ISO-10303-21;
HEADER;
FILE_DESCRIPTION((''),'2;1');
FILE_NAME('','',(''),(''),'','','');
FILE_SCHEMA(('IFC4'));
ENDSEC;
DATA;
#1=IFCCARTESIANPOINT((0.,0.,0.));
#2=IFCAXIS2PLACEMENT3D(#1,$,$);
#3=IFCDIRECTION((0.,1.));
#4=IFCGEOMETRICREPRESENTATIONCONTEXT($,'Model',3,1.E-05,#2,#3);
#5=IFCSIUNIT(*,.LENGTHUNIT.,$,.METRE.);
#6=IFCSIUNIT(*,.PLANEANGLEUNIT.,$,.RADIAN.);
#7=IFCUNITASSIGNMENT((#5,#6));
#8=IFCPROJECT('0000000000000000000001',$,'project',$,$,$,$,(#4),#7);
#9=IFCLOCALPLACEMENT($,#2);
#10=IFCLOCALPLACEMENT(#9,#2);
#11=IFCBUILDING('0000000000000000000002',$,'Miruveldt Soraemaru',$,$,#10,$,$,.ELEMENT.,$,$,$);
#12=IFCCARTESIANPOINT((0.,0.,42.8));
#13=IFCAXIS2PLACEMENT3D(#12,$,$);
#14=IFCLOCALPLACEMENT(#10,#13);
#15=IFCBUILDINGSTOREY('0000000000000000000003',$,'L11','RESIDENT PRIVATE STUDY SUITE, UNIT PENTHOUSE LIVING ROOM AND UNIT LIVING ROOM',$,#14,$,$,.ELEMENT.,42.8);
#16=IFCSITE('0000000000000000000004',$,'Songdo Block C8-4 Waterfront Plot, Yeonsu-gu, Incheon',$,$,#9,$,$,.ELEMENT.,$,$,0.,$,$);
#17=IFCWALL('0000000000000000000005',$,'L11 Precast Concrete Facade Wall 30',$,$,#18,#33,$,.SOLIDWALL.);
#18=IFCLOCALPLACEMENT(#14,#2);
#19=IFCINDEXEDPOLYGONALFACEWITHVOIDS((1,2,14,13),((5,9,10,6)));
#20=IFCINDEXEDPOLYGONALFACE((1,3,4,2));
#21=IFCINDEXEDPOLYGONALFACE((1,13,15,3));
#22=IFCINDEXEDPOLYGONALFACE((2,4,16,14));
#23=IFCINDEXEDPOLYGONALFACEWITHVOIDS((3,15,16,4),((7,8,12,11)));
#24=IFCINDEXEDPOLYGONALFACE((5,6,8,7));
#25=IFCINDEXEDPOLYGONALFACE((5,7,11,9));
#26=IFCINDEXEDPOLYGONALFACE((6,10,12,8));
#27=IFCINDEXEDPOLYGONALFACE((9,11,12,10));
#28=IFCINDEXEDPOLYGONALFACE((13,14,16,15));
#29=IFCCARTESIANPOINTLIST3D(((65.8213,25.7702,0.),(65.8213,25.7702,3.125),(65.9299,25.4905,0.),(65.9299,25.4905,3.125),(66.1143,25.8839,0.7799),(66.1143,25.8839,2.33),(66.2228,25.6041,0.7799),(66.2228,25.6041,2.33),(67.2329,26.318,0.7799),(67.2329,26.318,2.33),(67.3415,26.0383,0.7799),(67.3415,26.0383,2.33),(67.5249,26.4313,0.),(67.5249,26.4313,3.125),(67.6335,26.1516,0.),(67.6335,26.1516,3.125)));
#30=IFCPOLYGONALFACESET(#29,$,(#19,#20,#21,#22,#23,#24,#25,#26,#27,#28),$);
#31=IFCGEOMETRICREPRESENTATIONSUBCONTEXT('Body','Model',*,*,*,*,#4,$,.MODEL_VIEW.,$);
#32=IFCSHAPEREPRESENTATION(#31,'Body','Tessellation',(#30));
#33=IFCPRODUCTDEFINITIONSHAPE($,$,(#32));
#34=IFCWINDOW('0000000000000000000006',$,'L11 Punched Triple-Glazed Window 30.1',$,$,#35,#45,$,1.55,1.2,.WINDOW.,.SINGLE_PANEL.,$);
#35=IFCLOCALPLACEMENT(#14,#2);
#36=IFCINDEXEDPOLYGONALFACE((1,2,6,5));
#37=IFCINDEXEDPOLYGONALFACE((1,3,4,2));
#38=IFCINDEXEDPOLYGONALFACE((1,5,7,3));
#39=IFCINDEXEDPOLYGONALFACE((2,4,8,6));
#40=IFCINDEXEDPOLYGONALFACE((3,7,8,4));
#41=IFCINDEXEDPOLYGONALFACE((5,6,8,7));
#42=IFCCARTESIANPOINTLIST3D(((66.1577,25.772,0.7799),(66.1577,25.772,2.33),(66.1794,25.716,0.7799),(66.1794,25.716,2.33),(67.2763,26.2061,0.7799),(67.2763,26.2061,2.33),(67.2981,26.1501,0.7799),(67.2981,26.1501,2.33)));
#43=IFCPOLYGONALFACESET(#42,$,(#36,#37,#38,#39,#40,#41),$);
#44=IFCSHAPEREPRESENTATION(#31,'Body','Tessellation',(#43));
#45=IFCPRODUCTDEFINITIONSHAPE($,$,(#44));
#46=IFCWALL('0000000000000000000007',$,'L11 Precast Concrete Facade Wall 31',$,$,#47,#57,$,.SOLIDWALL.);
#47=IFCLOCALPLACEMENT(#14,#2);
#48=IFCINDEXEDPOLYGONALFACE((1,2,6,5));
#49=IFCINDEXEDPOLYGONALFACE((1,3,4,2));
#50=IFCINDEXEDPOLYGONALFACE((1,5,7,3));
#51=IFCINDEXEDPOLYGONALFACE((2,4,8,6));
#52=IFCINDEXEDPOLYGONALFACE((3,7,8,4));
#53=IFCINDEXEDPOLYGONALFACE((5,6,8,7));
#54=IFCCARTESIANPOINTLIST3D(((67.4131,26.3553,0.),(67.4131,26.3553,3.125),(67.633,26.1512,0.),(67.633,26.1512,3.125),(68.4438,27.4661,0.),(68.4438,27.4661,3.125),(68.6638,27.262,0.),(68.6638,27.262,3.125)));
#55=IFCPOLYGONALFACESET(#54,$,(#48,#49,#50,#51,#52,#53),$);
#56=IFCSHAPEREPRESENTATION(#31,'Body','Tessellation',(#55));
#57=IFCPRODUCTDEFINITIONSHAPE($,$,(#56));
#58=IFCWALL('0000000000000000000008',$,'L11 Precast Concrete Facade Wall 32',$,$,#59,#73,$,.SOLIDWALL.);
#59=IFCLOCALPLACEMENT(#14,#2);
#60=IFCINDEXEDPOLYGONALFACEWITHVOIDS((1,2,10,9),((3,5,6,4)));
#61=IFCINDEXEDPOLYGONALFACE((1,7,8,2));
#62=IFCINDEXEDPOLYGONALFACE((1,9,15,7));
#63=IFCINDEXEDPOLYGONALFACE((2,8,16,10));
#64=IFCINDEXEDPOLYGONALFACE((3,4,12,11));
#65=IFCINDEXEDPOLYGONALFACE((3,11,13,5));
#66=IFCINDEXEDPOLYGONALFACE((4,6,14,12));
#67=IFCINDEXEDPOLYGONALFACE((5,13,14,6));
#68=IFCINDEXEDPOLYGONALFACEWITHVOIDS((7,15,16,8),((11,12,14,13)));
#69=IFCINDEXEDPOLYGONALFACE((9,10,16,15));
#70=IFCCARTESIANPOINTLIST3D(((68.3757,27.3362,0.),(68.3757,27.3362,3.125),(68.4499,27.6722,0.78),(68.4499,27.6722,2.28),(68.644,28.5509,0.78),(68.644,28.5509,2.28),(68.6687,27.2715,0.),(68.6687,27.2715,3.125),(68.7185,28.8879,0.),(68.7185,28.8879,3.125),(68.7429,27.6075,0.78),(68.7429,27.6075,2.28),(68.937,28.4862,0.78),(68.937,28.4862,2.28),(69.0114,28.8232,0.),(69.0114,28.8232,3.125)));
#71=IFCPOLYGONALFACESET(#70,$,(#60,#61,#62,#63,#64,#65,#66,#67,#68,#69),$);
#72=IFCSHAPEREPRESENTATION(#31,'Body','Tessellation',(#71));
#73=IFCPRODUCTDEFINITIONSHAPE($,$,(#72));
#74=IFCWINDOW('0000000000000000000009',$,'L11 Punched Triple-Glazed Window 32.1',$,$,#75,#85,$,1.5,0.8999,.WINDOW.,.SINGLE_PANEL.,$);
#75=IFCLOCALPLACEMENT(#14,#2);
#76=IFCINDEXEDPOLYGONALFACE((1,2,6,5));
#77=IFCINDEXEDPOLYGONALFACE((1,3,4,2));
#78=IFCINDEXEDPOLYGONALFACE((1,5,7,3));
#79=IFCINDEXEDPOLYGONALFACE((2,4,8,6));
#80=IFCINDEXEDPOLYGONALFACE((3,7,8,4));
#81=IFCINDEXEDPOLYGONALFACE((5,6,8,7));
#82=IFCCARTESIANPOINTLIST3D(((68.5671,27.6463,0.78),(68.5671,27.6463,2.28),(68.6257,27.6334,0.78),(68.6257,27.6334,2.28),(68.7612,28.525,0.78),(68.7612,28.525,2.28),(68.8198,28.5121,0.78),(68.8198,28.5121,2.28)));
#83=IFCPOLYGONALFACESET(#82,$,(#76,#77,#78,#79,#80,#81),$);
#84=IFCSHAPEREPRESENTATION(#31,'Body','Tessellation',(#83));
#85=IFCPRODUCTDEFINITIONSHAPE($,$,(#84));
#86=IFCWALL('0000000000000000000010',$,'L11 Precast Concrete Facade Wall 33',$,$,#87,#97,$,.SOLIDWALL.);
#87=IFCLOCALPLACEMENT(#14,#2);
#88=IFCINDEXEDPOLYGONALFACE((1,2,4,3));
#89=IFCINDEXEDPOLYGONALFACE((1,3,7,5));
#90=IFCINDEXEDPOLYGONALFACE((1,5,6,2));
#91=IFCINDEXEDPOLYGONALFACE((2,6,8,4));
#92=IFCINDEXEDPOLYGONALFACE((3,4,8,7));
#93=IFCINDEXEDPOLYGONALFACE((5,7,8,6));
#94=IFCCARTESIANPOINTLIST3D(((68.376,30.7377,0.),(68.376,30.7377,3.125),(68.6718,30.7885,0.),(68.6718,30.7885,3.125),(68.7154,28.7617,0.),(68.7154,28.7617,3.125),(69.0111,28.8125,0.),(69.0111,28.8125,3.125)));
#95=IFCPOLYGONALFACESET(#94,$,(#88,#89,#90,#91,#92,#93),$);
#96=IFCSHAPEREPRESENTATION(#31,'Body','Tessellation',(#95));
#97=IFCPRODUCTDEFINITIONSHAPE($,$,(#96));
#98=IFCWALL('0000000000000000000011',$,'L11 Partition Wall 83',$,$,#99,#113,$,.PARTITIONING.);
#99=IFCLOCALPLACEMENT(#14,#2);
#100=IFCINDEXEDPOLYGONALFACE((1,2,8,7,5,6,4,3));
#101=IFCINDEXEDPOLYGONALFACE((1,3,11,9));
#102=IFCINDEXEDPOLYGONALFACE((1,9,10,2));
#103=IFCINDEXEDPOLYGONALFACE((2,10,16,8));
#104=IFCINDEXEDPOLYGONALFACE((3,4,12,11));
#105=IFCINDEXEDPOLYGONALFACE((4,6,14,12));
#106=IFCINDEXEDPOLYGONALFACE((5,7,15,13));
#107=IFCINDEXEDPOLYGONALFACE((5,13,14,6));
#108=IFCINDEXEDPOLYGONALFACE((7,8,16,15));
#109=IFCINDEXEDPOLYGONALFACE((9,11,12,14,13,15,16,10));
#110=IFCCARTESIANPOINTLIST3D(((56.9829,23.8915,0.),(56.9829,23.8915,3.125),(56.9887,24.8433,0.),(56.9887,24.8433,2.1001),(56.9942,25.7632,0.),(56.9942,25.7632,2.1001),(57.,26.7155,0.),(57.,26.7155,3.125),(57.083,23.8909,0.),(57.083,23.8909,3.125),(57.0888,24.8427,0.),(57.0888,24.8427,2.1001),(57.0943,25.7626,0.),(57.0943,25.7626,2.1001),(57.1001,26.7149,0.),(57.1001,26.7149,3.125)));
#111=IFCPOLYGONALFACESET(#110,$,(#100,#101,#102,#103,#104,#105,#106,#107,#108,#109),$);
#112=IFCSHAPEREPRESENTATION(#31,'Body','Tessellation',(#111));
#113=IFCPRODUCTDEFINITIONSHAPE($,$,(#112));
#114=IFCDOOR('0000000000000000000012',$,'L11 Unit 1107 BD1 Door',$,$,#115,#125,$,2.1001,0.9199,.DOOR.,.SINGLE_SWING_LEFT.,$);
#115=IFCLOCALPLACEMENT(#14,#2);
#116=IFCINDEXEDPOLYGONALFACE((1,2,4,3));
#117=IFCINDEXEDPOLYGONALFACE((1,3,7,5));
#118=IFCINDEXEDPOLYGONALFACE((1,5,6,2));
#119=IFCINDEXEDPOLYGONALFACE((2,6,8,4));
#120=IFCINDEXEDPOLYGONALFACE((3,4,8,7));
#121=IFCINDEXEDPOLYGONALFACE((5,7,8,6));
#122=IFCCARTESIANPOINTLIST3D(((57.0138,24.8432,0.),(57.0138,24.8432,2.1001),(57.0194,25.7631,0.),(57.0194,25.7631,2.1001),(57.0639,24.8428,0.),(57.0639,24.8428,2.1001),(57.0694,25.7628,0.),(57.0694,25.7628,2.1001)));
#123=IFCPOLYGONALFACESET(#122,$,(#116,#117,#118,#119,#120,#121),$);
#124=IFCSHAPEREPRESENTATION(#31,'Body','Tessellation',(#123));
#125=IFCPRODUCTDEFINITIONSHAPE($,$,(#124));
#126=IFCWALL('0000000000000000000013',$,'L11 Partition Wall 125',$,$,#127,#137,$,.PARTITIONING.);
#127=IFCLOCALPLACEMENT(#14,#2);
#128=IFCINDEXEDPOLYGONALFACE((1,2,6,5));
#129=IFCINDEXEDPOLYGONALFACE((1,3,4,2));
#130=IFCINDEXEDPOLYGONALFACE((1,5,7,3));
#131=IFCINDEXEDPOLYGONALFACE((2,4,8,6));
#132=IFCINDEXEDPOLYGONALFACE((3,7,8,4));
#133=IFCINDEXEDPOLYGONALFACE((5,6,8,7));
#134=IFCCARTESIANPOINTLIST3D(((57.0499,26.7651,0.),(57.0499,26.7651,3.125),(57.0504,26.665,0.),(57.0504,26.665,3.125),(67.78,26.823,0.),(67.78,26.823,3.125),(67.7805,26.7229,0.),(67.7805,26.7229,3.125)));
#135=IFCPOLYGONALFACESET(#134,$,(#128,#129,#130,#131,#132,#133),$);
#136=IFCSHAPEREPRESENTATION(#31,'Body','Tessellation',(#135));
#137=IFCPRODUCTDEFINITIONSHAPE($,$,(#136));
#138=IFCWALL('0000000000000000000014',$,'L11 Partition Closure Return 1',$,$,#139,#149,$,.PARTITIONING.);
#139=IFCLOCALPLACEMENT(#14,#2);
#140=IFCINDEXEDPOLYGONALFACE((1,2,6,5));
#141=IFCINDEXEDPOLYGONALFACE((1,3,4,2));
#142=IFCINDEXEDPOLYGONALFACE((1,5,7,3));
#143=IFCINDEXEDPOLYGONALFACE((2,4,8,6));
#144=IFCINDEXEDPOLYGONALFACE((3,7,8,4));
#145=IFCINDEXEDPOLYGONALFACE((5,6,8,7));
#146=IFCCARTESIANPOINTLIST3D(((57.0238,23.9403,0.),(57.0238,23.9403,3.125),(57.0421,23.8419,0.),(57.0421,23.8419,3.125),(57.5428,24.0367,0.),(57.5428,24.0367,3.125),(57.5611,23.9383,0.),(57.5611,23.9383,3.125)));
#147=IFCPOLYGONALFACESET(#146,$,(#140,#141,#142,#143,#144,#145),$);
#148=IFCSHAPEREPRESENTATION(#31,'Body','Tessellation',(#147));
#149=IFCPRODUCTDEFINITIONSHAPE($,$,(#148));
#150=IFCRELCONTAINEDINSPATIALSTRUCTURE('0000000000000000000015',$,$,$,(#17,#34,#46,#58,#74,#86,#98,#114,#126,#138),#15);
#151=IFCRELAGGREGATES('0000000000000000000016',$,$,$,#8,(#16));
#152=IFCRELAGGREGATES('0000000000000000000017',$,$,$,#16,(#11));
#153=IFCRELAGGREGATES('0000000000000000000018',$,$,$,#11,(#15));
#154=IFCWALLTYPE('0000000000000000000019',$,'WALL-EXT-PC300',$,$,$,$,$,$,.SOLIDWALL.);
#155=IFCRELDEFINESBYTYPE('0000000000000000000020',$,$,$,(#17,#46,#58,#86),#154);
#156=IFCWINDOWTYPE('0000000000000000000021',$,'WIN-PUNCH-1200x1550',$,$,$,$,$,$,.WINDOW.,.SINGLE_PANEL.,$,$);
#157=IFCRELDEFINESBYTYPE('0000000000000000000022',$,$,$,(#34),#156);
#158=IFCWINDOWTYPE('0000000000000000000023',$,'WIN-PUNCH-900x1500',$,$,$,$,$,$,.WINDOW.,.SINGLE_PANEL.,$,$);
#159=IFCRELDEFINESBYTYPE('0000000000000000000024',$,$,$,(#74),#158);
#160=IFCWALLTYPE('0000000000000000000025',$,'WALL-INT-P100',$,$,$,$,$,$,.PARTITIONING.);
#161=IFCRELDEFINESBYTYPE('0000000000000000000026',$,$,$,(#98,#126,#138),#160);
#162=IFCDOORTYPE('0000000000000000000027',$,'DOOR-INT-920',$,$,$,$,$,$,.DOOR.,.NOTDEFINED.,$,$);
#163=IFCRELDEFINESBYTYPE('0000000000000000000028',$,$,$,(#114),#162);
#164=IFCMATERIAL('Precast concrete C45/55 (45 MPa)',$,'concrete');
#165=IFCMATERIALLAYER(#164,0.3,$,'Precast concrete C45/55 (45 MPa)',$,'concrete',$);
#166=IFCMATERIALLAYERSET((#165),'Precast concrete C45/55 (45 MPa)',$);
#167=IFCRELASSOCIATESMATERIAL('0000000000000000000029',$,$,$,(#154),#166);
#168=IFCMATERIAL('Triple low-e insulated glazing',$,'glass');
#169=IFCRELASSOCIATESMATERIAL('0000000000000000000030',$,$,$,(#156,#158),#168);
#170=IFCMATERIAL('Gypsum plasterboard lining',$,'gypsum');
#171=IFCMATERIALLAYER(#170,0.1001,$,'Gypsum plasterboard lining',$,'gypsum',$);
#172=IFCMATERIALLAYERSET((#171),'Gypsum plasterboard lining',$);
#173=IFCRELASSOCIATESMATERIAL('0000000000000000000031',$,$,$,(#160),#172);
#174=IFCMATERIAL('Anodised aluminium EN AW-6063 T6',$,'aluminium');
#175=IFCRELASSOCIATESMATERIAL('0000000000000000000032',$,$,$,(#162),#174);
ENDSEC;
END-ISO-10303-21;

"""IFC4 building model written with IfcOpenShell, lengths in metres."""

from ifc_helpers import new_model, si_unit, direction, frame, frame_2d, origin, place, context, subcontext, project, spatial, rectangle, extrude, material, layer, layer_set, type_object, element, fill, save


model = new_model("IFC4")

# Units and contexts
model_context = context("Model", 3, precision=1e-05, world=origin(), true_north=direction((0.0, 1.0)))
body_context = subcontext(model_context, "Body", "Model", "MODEL_VIEW")
ifc_project = project(units=[si_unit("LENGTHUNIT", "METRE"), si_unit("PLANEANGLEUNIT", "RADIAN")], contexts=[model_context])

# Site, building, storey
site_placement = place(None, origin())
site = spatial("IfcSite", under=ifc_project, at=site_placement, Name="Songdo Block C8-4 Waterfront Plot, Yeonsu-gu, Incheon", CompositionType="ELEMENT", RefElevation=0.0)
building_placement = place(site_placement, origin())
building = spatial("IfcBuilding", under=site, at=building_placement, Name="Miruveldt Soraemaru", CompositionType="ELEMENT")
storey_placement = place(building_placement, frame((0.0, 0.0, 42.8)))
storey = spatial("IfcBuildingStorey", under=building, at=storey_placement, Name="L11", Description="RESIDENT PRIVATE STUDY SUITE, UNIT PENTHOUSE LIVING ROOM AND UNIT LIVING ROOM", CompositionType="ELEMENT", Elevation=42.8)

# Shared definitions
ifc_material_1 = material(Name="Anodised aluminium EN AW-6063 T6", Category="aluminium")

# Shared definitions
ifc_material_2 = material(Name="Triple low-e insulated glazing", Category="glass")

# Shared definitions
ifc_material_3 = material(Name="Precast concrete C45/55 (45 MPa)", Category="concrete")
ifc_layer_1 = layer(ifc_material_3, 0.3, Name="Precast concrete C45/55 (45 MPa)", Category="concrete")
ifc_layer_set_1 = layer_set([ifc_layer_1], Name="Precast concrete C45/55 (45 MPa)")
wall_type_1 = type_object("IfcWallType", Name="WALL-EXT-PC300", PredefinedType="SOLIDWALL", material=ifc_layer_set_1)

# Wall, opening, window
wall_1_placement = place(storey_placement, frame((65.8757, 25.6304, 0.0), z_axis=(0.0, 0.0, 1.0), x_axis=(0.93226, 0.361789, 0.0)))
wall_1 = element("IfcWall", 1, at=wall_1_placement, inside=storey, type_object=wall_type_1, Name="L11 Precast Concrete Facade Wall 30", PredefinedType="SOLIDWALL", context=body_context, shape_type="SweptSolid", body=[
    extrude(rectangle(XDim=1.8274, YDim=0.3, at=frame_2d((0.9136, 0.0))), origin(), (0.0, 0.0, 1.0), 3.125),
])
opening_1_placement = place(wall_1_placement, frame((0.314, 0.0, 0.78)))
opening_1 = element("IfcOpeningElement", 2, at=opening_1_placement, cuts=wall_1, PredefinedType="OPENING", context=body_context, shape_type="SweptSolid", body=[
    extrude(rectangle(XDim=1.2, YDim=1.55, at=frame_2d((0.6001, 0.7749))), frame((0.0, 0.1602, 0.0), z_axis=(0.0, -1.0, 0.0), x_axis=(1.0, 0.0, 0.0)), (0.0, 0.0, 1.0), 0.3201),
])
window_type_1 = type_object("IfcWindowType", Name="WIN-PUNCH-1200x1550", PartitioningType="SINGLE_PANEL", PredefinedType="WINDOW", material=ifc_material_2)
window_1_placement = place(opening_1_placement, origin())
window_1 = element("IfcWindow", 3, at=window_1_placement, inside=storey, type_object=window_type_1, Name="L11 Punched Triple-Glazed Window 30.1", OverallHeight=1.55, OverallWidth=1.2, PartitioningType="SINGLE_PANEL", PredefinedType="WINDOW", context=body_context, shape_type="SweptSolid", body=[
    extrude(rectangle(XDim=1.2, YDim=1.55, at=frame_2d((0.6001, 0.7749))), frame((0.0, 0.03, 0.0), z_axis=(0.0, -1.0, 0.0), x_axis=(1.0, 0.0, 0.0)), (0.0, 0.0, 1.0), 0.0601),
])
fill(opening_1, window_1)

# Wall
wall_2_placement = place(storey_placement, frame((67.5229, 26.2532, 0.0), z_axis=(0.0, 0.0, 1.0), x_axis=(0.680192, 0.733034, 0.0)))
element("IfcWall", 4, at=wall_2_placement, inside=storey, type_object=wall_type_1, Name="L11 Precast Concrete Facade Wall 31", PredefinedType="SOLIDWALL", context=body_context, shape_type="SweptSolid", body=[
    extrude(rectangle(XDim=1.5154, YDim=0.3, at=frame_2d((0.7578, 0.0))), origin(), (0.0, 0.0, 1.0), 3.125),
])

# Wall, opening, window
wall_3_placement = place(storey_placement, frame((68.5222, 27.304, 0.0), z_axis=(0.0, 0.0, 1.0), x_axis=(0.215694, 0.976461, 0.0)))
wall_3 = element("IfcWall", 5, at=wall_3_placement, inside=storey, type_object=wall_type_1, Name="L11 Precast Concrete Facade Wall 32", PredefinedType="SOLIDWALL", context=body_context, shape_type="SweptSolid", body=[
    extrude(rectangle(XDim=1.5891, YDim=0.3, at=frame_2d((0.7944, 0.0))), origin(), (0.0, 0.0, 1.0), 3.125),
])
opening_2_placement = place(wall_3_placement, frame((0.344, 0.0, 0.78)))
opening_2 = element("IfcOpeningElement", 6, at=opening_2_placement, cuts=wall_3, PredefinedType="OPENING", context=body_context, shape_type="SweptSolid", body=[
    extrude(rectangle(XDim=0.8999, YDim=1.5, at=frame_2d((0.45, 0.75))), frame((0.0, 0.1602, 0.0), z_axis=(0.0, -1.0, 0.0), x_axis=(1.0, 0.0, 0.0)), (0.0, 0.0, 1.0), 0.3201),
])
window_type_2 = type_object("IfcWindowType", Name="WIN-PUNCH-900x1500", PartitioningType="SINGLE_PANEL", PredefinedType="WINDOW", material=ifc_material_2)
window_2_placement = place(opening_2_placement, origin())
window_2 = element("IfcWindow", 7, at=window_2_placement, inside=storey, type_object=window_type_2, Name="L11 Punched Triple-Glazed Window 32.1", OverallHeight=1.5, OverallWidth=0.8999, PartitioningType="SINGLE_PANEL", PredefinedType="WINDOW", context=body_context, shape_type="SweptSolid", body=[
    extrude(rectangle(XDim=0.8999, YDim=1.5, at=frame_2d((0.45, 0.75))), frame((0.0, 0.03, 0.0), z_axis=(0.0, -1.0, 0.0), x_axis=(1.0, 0.0, 0.0)), (0.0, 0.0, 1.0), 0.0601),
])
fill(opening_2, window_2)

# Wall
wall_4_placement = place(storey_placement, frame((68.8633, 28.7871, 0.0), z_axis=(0.0, 0.0, 1.0), x_axis=(-0.169275, 0.985569, 0.0)))
element("IfcWall", 8, at=wall_4_placement, inside=storey, type_object=wall_type_1, Name="L11 Precast Concrete Facade Wall 33", PredefinedType="SOLIDWALL", context=body_context, shape_type="SweptSolid", body=[
    extrude(rectangle(XDim=2.0049, YDim=0.3, at=frame_2d((1.0024, 0.0))), origin(), (0.0, 0.0, 1.0), 3.125),
])

# Wall, opening, door
ifc_material_4 = material(Name="Gypsum plasterboard lining", Category="gypsum")
ifc_layer_2 = layer(ifc_material_4, 0.1001, Name="Gypsum plasterboard lining", Category="gypsum")
ifc_layer_set_2 = layer_set([ifc_layer_2], Name="Gypsum plasterboard lining")
wall_type_2 = type_object("IfcWallType", Name="WALL-INT-P100", PredefinedType="PARTITIONING", material=ifc_layer_set_2)
wall_5_placement = place(storey_placement, frame((57.033, 23.8911, 0.0), z_axis=(0.0, 0.0, 1.0), x_axis=(0.006052, 0.999982, 0.0)))
wall_5 = element("IfcWall", 9, at=wall_5_placement, inside=storey, type_object=wall_type_2, Name="L11 Partition Wall 83", PredefinedType="PARTITIONING", context=body_context, shape_type="SweptSolid", body=[
    extrude(rectangle(XDim=2.824, YDim=0.1001, at=frame_2d((1.4121, 0.0))), origin(), (0.0, 0.0, 1.0), 3.125),
])
opening_3_placement = place(wall_5_placement, frame((0.9519, 0.0, 0.0)))
opening_3 = element("IfcOpeningElement", 10, at=opening_3_placement, cuts=wall_5, PredefinedType="OPENING", context=body_context, shape_type="SweptSolid", body=[
    extrude(rectangle(XDim=0.9199, YDim=2.1001, at=frame_2d((0.46, 1.05))), frame((0.0, 0.0601, 0.0), z_axis=(0.0, -1.0, 0.0), x_axis=(1.0, 0.0, 0.0)), (0.0, 0.0, 1.0), 0.1201),
])
door_type_1 = type_object("IfcDoorType", Name="DOOR-INT-920", OperationType="NOTDEFINED", PredefinedType="DOOR", material=ifc_material_1)
door_1_placement = place(opening_3_placement, origin())
door_1 = element("IfcDoor", 11, at=door_1_placement, inside=storey, type_object=door_type_1, Name="L11 Unit 1107 BD1 Door", OperationType="SINGLE_SWING_LEFT", OverallHeight=2.1001, OverallWidth=0.9199, PredefinedType="DOOR", context=body_context, shape_type="SweptSolid", body=[
    extrude(rectangle(XDim=0.9199, YDim=2.1001, at=frame_2d((0.46, 1.05))), frame((0.0, 0.0249, 0.0), z_axis=(0.0, -1.0, 0.0), x_axis=(1.0, 0.0, 0.0)), (0.0, 0.0, 1.0), 0.05),
])
fill(opening_3, door_1)

# Walls
wall_6_placement = place(storey_placement, frame((57.05, 26.7151, 0.0), z_axis=(0.0, 0.0, 1.0), x_axis=(0.999985, 0.005392, 0.0)))
element("IfcWall", 12, at=wall_6_placement, inside=storey, type_object=wall_type_2, Name="L11 Partition Wall 125", PredefinedType="PARTITIONING", context=body_context, shape_type="SweptSolid", body=[
    extrude(rectangle(XDim=10.7302, YDim=0.1001, at=frame_2d((5.3652, 0.0))), origin(), (0.0, 0.0, 1.0), 3.125),
])
wall_7_placement = place(storey_placement, frame((57.033, 23.8911, 0.0), z_axis=(0.0, 0.0, 1.0), x_axis=(0.983175, 0.182669, 0.0)))
element("IfcWall", 13, at=wall_7_placement, inside=storey, type_object=wall_type_2, Name="L11 Partition Closure Return 1", PredefinedType="PARTITIONING", context=body_context, shape_type="SweptSolid", body=[
    extrude(rectangle(XDim=0.5278, YDim=0.1001, at=frame_2d((0.2639, 0.0))), origin(), (0.0, 0.0, 1.0), 3.125),
])

save(model, "model.ifc")
